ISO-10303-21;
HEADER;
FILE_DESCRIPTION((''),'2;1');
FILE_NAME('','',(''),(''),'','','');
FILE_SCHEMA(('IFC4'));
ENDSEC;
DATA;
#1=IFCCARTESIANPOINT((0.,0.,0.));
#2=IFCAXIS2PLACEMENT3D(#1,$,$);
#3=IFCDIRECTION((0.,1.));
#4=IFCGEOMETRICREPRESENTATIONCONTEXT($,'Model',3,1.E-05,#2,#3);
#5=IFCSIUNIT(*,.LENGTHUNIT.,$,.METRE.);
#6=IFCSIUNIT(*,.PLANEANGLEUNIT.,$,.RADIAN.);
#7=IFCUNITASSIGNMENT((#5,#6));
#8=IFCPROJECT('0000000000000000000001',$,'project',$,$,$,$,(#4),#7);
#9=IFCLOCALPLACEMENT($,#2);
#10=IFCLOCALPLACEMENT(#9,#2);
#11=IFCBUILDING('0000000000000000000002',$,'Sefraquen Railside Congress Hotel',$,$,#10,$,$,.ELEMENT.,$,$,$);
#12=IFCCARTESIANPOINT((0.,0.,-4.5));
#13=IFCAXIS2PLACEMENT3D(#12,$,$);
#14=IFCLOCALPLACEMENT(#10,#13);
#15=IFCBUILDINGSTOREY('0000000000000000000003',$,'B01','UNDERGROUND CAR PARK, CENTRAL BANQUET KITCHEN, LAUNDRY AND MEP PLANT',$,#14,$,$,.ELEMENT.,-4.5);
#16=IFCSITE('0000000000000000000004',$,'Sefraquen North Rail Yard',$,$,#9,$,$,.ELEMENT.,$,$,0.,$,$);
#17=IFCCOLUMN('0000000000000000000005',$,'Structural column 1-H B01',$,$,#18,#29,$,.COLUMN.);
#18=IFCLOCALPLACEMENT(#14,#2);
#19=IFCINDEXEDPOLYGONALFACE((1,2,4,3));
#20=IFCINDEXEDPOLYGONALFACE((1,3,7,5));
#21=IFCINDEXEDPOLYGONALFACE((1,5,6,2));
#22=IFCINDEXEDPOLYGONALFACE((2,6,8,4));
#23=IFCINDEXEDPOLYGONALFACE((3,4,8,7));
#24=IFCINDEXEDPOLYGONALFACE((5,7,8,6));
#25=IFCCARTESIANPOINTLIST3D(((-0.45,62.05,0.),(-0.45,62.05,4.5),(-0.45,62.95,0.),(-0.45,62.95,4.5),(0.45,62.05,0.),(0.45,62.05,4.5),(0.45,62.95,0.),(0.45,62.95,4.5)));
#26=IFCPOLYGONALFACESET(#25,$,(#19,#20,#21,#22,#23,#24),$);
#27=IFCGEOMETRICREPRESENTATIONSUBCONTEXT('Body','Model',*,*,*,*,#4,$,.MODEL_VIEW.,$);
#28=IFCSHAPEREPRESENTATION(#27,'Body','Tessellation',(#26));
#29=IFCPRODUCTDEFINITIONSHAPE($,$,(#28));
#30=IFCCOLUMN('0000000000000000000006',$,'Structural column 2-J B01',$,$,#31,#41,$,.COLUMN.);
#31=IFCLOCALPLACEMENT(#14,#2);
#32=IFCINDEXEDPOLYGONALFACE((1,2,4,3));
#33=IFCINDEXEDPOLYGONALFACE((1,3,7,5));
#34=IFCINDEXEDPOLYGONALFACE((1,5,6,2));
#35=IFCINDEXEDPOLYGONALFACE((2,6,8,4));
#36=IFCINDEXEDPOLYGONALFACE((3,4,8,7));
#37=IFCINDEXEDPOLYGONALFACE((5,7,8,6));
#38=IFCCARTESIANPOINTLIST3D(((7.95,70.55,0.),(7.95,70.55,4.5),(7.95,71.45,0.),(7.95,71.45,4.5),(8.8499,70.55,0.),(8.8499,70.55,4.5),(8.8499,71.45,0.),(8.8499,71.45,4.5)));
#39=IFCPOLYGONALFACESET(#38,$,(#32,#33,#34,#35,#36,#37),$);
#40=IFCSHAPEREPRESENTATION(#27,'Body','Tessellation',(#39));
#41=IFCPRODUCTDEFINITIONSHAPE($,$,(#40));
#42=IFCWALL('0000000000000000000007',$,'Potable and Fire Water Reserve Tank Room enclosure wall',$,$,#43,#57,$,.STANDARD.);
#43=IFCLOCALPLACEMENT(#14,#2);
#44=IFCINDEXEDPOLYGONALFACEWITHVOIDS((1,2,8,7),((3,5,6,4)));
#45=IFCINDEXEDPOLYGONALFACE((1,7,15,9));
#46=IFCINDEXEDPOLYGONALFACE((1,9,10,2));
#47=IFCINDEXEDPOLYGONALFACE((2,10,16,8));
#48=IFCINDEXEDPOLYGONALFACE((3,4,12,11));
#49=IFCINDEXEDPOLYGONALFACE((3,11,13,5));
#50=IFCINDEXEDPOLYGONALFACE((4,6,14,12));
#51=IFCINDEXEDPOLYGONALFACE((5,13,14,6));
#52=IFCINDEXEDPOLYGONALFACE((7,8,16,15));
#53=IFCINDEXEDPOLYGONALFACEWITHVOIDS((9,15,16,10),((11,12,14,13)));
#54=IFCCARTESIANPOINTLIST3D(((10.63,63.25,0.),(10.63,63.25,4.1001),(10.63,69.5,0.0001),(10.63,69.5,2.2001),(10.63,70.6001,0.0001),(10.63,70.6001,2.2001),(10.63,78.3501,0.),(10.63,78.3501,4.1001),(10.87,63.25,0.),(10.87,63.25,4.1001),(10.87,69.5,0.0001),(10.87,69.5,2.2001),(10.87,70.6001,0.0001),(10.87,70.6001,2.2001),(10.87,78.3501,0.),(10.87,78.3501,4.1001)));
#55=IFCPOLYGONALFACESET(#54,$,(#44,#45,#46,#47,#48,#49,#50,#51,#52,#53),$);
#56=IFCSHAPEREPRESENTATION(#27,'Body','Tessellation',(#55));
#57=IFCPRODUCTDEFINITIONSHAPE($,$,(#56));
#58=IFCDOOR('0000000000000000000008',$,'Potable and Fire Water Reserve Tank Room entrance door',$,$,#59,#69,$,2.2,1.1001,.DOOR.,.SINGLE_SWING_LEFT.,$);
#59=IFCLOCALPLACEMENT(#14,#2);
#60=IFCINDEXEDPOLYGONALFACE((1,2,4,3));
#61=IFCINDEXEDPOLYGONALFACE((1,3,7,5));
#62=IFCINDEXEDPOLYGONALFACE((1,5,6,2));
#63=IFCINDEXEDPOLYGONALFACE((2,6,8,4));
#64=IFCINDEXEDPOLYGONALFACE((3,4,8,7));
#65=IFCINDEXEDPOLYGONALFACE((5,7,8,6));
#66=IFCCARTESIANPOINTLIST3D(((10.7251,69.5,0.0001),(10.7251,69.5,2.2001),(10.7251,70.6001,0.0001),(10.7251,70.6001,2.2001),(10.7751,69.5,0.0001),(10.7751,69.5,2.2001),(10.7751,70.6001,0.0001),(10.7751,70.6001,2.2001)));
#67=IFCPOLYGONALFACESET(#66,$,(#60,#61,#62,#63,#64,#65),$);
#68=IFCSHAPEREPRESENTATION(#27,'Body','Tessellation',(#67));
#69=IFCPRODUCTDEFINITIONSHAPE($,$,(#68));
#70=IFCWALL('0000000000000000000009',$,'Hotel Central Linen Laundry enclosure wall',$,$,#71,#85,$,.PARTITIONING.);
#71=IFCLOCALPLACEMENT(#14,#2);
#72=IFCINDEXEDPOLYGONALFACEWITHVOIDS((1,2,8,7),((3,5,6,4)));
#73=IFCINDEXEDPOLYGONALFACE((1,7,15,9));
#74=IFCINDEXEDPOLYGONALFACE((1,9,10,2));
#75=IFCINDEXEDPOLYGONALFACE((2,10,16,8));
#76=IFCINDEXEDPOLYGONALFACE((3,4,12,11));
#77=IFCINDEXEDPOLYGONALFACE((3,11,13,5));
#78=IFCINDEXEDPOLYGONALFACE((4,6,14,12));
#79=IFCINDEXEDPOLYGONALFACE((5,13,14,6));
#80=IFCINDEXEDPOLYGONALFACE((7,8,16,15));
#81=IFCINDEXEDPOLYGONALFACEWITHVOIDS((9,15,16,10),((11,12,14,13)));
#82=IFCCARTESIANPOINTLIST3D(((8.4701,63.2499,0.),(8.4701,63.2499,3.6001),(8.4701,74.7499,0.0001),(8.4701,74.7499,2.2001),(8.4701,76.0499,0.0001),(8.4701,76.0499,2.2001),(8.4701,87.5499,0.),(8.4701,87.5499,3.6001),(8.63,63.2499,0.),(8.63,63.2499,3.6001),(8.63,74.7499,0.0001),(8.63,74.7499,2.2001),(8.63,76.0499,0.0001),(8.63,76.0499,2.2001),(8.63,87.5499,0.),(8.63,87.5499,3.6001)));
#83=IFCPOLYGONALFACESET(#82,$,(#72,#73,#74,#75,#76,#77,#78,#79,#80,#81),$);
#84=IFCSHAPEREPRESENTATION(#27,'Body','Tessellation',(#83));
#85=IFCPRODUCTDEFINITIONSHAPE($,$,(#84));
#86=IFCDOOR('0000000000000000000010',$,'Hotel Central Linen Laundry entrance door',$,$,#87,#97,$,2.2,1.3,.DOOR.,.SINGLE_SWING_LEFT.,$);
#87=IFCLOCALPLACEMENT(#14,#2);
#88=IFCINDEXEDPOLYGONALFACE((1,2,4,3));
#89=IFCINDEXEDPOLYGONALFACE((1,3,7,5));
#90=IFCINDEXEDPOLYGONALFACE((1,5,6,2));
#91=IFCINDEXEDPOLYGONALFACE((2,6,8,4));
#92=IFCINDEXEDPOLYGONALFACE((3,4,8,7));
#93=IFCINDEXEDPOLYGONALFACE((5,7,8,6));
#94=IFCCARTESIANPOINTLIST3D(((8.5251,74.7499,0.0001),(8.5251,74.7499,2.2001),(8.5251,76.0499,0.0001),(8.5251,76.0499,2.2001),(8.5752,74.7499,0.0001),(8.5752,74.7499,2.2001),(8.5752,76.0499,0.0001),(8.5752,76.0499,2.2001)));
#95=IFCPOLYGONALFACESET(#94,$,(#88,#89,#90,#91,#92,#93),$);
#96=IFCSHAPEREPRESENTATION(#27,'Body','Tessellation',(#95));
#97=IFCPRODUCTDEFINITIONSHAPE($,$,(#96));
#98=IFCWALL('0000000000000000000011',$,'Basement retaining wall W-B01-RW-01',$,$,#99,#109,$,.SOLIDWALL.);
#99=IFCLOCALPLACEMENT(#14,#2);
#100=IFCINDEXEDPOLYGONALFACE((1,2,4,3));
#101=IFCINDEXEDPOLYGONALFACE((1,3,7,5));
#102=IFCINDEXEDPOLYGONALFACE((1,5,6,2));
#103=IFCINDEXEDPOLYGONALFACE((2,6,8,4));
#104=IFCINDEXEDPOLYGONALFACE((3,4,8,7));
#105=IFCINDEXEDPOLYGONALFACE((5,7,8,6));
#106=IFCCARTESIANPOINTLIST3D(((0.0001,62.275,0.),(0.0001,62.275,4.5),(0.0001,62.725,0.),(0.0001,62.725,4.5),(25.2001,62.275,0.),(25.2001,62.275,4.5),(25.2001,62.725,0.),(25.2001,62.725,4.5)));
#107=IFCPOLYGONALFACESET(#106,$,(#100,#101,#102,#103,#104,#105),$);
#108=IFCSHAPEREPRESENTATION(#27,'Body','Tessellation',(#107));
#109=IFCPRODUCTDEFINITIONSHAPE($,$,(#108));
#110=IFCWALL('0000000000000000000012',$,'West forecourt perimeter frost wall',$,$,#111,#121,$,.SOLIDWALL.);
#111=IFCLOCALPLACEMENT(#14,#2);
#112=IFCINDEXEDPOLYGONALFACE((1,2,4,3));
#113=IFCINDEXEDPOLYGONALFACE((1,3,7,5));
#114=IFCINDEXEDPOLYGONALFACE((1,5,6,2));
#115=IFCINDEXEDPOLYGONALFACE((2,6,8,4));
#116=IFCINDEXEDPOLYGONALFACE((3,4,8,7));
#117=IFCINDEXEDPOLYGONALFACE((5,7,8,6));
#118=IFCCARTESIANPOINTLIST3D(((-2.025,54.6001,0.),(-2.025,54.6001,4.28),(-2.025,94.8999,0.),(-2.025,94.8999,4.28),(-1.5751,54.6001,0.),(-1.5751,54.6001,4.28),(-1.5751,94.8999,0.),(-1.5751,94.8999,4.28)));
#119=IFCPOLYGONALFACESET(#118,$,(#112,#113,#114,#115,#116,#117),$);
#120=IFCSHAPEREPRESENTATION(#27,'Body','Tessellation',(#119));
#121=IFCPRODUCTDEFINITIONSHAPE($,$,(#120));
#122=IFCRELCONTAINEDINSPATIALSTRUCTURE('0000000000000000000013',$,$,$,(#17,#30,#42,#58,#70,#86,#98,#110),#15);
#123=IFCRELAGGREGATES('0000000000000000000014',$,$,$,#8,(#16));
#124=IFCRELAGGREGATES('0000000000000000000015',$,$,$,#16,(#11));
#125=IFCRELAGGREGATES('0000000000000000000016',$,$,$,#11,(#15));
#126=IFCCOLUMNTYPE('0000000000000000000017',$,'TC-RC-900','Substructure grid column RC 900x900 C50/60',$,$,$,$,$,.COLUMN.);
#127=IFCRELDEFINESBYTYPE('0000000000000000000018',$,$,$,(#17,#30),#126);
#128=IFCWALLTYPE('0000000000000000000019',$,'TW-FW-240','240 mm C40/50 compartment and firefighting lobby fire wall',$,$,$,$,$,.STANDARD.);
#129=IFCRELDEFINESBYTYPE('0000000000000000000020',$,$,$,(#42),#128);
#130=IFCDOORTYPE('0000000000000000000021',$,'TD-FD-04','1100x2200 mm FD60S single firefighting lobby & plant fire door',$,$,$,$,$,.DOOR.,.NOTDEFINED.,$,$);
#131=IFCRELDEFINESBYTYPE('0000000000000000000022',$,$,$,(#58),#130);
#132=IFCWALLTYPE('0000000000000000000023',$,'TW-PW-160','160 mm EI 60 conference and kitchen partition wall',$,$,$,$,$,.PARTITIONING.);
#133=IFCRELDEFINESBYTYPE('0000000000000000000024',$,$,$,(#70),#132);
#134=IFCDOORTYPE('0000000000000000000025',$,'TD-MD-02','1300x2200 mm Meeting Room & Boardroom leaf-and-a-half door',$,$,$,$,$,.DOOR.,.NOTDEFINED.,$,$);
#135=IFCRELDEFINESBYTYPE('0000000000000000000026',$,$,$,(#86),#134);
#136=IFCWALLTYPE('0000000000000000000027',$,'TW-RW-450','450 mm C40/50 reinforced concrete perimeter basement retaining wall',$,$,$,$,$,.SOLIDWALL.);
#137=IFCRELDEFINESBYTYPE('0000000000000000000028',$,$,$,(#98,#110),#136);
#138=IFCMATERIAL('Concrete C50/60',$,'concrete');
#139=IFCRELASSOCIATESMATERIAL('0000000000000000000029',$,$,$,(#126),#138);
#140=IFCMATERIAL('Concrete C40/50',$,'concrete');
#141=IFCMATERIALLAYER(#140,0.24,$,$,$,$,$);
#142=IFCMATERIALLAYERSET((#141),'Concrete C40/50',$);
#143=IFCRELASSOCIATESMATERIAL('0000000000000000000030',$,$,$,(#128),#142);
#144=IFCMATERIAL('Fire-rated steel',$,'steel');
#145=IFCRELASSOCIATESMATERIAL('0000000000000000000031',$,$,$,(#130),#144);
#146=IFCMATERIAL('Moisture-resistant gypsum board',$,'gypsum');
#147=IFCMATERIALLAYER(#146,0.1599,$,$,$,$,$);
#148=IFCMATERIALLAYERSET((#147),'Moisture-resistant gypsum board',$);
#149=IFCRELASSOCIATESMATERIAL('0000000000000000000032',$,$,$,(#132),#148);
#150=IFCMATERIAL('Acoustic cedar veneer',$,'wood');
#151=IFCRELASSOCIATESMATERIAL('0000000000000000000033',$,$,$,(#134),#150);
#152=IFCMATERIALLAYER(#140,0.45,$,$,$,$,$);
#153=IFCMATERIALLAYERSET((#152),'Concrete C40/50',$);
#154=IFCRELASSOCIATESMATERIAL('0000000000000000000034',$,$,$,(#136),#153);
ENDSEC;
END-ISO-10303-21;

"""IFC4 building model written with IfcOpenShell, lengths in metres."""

from ifc_helpers import new_model, si_unit, direction, frame, frame_2d, origin, origin_2d, place, context, subcontext, project, spatial, rectangle, extrude, material, layer, layer_set, material_profile, profile_set, type_object, element, fill, save


model = new_model("IFC4")

# Units and contexts
model_context = context("Model", 3, precision=1e-05, world=origin(), true_north=direction((0.0, 1.0)))
body_context = subcontext(model_context, "Body", "Model", "MODEL_VIEW")
ifc_project = project(units=[si_unit("LENGTHUNIT", "METRE"), si_unit("PLANEANGLEUNIT", "RADIAN")], contexts=[model_context])

# Site, building, storey
site_placement = place(None, origin())
site = spatial("IfcSite", under=ifc_project, at=site_placement, Name="Sefraquen North Rail Yard", CompositionType="ELEMENT", RefElevation=0.0)
building_placement = place(site_placement, origin())
building = spatial("IfcBuilding", under=site, at=building_placement, Name="Sefraquen Railside Congress Hotel", CompositionType="ELEMENT")
storey_placement = place(building_placement, frame((0.0, 0.0, -4.5)))
storey = spatial("IfcBuildingStorey", under=building, at=storey_placement, Name="B01", Description="UNDERGROUND CAR PARK, CENTRAL BANQUET KITCHEN, LAUNDRY AND MEP PLANT", CompositionType="ELEMENT", Elevation=-4.5)

# Shared definitions
ifc_material_1 = material(Name="Concrete C40/50", Category="concrete")

# Columns
ifc_material_2 = material(Name="Concrete C50/60", Category="concrete")
ifc_material_profile_1 = material_profile(ifc_material_2, rectangle(XDim=0.8999, YDim=0.8999, at=origin_2d()), Name="RC 900x900")
ifc_profile_set_1 = profile_set([ifc_material_profile_1], Name="Concrete C50/60")
column_type_1 = type_object("IfcColumnType", Name="TC-RC-900", Description="Substructure grid column RC 900x900 C50/60", PredefinedType="COLUMN", material=ifc_profile_set_1)
for number, where, z_axis, x_axis, name in (
    (1, (0.0, 62.5, 0.0), (0.0, 0.0, 1.0), (1.0, 0.0, 0.0), "Structural column 1-H B01"),
    (2, (8.3999, 71.0, 0.0), (0.0, 0.0, 1.0), (1.0, 0.0, 0.0), "Structural column 2-J B01"),
):
    element("IfcColumn", number, at=place(storey_placement, frame(where, z_axis=z_axis, x_axis=x_axis)), inside=storey, type_object=column_type_1, Name=name, PredefinedType="COLUMN", context=body_context, shape_type="SweptSolid", body=[
        extrude(rectangle(XDim=0.8999, YDim=0.8999, at=origin_2d()), origin(), (0.0, 0.0, 1.0), 4.5),
    ])

# Walls, openings, doors
ifc_layer_1 = layer(ifc_material_1, 0.24)
ifc_layer_set_1 = layer_set([ifc_layer_1], Name="Concrete C40/50")
wall_type_1 = type_object("IfcWallType", Name="TW-FW-240", Description="240 mm C40/50 compartment and firefighting lobby fire wall", PredefinedType="STANDARD", material=ifc_layer_set_1)
wall_1_placement = place(storey_placement, frame((10.75, 63.25, 0.0), z_axis=(0.0, 0.0, 1.0), x_axis=(0.0, 1.0, 0.0)))
wall_1 = element("IfcWall", 3, at=wall_1_placement, inside=storey, type_object=wall_type_1, Name="Potable and Fire Water Reserve Tank Room enclosure wall", PredefinedType="STANDARD", context=body_context, shape_type="SweptSolid", body=[
    extrude(rectangle(XDim=15.1001, YDim=0.24, at=frame_2d((7.55, 0.0))), origin(), (0.0, 0.0, 1.0), 4.1001),
])
opening_1_placement = place(wall_1_placement, frame((6.25, 0.0, 0.0)))
opening_1 = element("IfcOpeningElement", 4, at=opening_1_placement, cuts=wall_1, PredefinedType="OPENING", context=body_context, shape_type="SweptSolid", body=[
    extrude(rectangle(XDim=1.1001, YDim=2.2, at=frame_2d((0.55, 1.1001))), frame((0.0, 0.1299, 0.0), z_axis=(0.0, -1.0, 0.0), x_axis=(1.0, 0.0, 0.0)), (0.0, 0.0, 1.0), 0.26),
])
ifc_material_3 = material(Name="Fire-rated steel", Category="steel")
door_type_1 = type_object("IfcDoorType", Name="TD-FD-04", Description="1100x2200 mm FD60S single firefighting lobby & plant fire door", OperationType="NOTDEFINED", PredefinedType="DOOR", material=ifc_material_3)
door_1_placement = place(opening_1_placement, origin())
door_1 = element("IfcDoor", 5, at=door_1_placement, inside=storey, type_object=door_type_1, Name="Potable and Fire Water Reserve Tank Room entrance door", OperationType="SINGLE_SWING_LEFT", OverallHeight=2.2, OverallWidth=1.1001, PredefinedType="DOOR", context=body_context, shape_type="SweptSolid", body=[
    extrude(rectangle(XDim=1.1001, YDim=2.2, at=frame_2d((0.55, 1.1001))), frame((0.0, 0.0249, 0.0), z_axis=(0.0, -1.0, 0.0), x_axis=(1.0, 0.0, 0.0)), (0.0, 0.0, 1.0), 0.05),
])
fill(opening_1, door_1)
ifc_material_4 = material(Name="Moisture-resistant gypsum board", Category="gypsum")
ifc_layer_2 = layer(ifc_material_4, 0.1599)
ifc_layer_set_2 = layer_set([ifc_layer_2], Name="Moisture-resistant gypsum board")
wall_type_2 = type_object("IfcWallType", Name="TW-PW-160", Description="160 mm EI 60 conference and kitchen partition wall", PredefinedType="PARTITIONING", material=ifc_layer_set_2)
wall_2_placement = place(storey_placement, frame((8.55, 63.25, 0.0), z_axis=(0.0, 0.0, 1.0), x_axis=(0.0, 1.0, 0.0)))
wall_2 = element("IfcWall", 6, at=wall_2_placement, inside=storey, type_object=wall_type_2, Name="Hotel Central Linen Laundry enclosure wall", PredefinedType="PARTITIONING", context=body_context, shape_type="SweptSolid", body=[
    extrude(rectangle(XDim=24.3, YDim=0.1599, at=frame_2d((12.1499, 0.0))), origin(), (0.0, 0.0, 1.0), 3.6001),
])
opening_2_placement = place(wall_2_placement, frame((11.5, 0.0, 0.0)))
opening_2 = element("IfcOpeningElement", 7, at=opening_2_placement, cuts=wall_2, PredefinedType="OPENING", context=body_context, shape_type="SweptSolid", body=[
    extrude(rectangle(XDim=1.3, YDim=2.2, at=frame_2d((0.6499, 1.1001))), frame((0.0, 0.0898, 0.0), z_axis=(0.0, -1.0, 0.0), x_axis=(1.0, 0.0, 0.0)), (0.0, 0.0, 1.0), 0.1799),
])
ifc_material_5 = material(Name="Acoustic cedar veneer", Category="wood")
door_type_2 = type_object("IfcDoorType", Name="TD-MD-02", Description="1300x2200 mm Meeting Room & Boardroom leaf-and-a-half door", OperationType="NOTDEFINED", PredefinedType="DOOR", material=ifc_material_5)
door_2_placement = place(opening_2_placement, origin())
door_2 = element("IfcDoor", 8, at=door_2_placement, inside=storey, type_object=door_type_2, Name="Hotel Central Linen Laundry entrance door", OperationType="SINGLE_SWING_LEFT", OverallHeight=2.2, OverallWidth=1.3, PredefinedType="DOOR", context=body_context, shape_type="SweptSolid", body=[
    extrude(rectangle(XDim=1.3, YDim=2.2, at=frame_2d((0.6499, 1.1001))), frame((0.0, 0.0249, 0.0), z_axis=(0.0, -1.0, 0.0), x_axis=(1.0, 0.0, 0.0)), (0.0, 0.0, 1.0), 0.05),
])
fill(opening_2, door_2)

# Walls
ifc_layer_3 = layer(ifc_material_1, 0.45)
ifc_layer_set_3 = layer_set([ifc_layer_3], Name="Concrete C40/50")
wall_type_3 = type_object("IfcWallType", Name="TW-RW-450", Description="450 mm C40/50 reinforced concrete perimeter basement retaining wall", PredefinedType="SOLIDWALL", material=ifc_layer_set_3)
wall_3_placement = place(storey_placement, frame((0.0, 62.5, 0.0), z_axis=(0.0, 0.0, 1.0), x_axis=(1.0, 0.0, 0.0)))
element("IfcWall", 9, at=wall_3_placement, inside=storey, type_object=wall_type_3, Name="Basement retaining wall W-B01-RW-01", PredefinedType="SOLIDWALL", context=body_context, shape_type="SweptSolid", body=[
    extrude(rectangle(XDim=25.2, YDim=0.45, at=frame_2d((12.6001, 0.0))), origin(), (0.0, 0.0, 1.0), 4.5),
])
wall_4_placement = place(storey_placement, frame((-1.8, 54.6001, 0.0), z_axis=(0.0, 0.0, 1.0), x_axis=(0.0, 1.0, 0.0)))
element("IfcWall", 10, at=wall_4_placement, inside=storey, type_object=wall_type_3, Name="West forecourt perimeter frost wall", PredefinedType="SOLIDWALL", context=body_context, shape_type="SweptSolid", body=[
    extrude(rectangle(XDim=40.2998, YDim=0.45, at=frame_2d((20.1499, 0.0))), origin(), (0.0, 0.0, 1.0), 4.28),
])

save(model, "model.ifc")
